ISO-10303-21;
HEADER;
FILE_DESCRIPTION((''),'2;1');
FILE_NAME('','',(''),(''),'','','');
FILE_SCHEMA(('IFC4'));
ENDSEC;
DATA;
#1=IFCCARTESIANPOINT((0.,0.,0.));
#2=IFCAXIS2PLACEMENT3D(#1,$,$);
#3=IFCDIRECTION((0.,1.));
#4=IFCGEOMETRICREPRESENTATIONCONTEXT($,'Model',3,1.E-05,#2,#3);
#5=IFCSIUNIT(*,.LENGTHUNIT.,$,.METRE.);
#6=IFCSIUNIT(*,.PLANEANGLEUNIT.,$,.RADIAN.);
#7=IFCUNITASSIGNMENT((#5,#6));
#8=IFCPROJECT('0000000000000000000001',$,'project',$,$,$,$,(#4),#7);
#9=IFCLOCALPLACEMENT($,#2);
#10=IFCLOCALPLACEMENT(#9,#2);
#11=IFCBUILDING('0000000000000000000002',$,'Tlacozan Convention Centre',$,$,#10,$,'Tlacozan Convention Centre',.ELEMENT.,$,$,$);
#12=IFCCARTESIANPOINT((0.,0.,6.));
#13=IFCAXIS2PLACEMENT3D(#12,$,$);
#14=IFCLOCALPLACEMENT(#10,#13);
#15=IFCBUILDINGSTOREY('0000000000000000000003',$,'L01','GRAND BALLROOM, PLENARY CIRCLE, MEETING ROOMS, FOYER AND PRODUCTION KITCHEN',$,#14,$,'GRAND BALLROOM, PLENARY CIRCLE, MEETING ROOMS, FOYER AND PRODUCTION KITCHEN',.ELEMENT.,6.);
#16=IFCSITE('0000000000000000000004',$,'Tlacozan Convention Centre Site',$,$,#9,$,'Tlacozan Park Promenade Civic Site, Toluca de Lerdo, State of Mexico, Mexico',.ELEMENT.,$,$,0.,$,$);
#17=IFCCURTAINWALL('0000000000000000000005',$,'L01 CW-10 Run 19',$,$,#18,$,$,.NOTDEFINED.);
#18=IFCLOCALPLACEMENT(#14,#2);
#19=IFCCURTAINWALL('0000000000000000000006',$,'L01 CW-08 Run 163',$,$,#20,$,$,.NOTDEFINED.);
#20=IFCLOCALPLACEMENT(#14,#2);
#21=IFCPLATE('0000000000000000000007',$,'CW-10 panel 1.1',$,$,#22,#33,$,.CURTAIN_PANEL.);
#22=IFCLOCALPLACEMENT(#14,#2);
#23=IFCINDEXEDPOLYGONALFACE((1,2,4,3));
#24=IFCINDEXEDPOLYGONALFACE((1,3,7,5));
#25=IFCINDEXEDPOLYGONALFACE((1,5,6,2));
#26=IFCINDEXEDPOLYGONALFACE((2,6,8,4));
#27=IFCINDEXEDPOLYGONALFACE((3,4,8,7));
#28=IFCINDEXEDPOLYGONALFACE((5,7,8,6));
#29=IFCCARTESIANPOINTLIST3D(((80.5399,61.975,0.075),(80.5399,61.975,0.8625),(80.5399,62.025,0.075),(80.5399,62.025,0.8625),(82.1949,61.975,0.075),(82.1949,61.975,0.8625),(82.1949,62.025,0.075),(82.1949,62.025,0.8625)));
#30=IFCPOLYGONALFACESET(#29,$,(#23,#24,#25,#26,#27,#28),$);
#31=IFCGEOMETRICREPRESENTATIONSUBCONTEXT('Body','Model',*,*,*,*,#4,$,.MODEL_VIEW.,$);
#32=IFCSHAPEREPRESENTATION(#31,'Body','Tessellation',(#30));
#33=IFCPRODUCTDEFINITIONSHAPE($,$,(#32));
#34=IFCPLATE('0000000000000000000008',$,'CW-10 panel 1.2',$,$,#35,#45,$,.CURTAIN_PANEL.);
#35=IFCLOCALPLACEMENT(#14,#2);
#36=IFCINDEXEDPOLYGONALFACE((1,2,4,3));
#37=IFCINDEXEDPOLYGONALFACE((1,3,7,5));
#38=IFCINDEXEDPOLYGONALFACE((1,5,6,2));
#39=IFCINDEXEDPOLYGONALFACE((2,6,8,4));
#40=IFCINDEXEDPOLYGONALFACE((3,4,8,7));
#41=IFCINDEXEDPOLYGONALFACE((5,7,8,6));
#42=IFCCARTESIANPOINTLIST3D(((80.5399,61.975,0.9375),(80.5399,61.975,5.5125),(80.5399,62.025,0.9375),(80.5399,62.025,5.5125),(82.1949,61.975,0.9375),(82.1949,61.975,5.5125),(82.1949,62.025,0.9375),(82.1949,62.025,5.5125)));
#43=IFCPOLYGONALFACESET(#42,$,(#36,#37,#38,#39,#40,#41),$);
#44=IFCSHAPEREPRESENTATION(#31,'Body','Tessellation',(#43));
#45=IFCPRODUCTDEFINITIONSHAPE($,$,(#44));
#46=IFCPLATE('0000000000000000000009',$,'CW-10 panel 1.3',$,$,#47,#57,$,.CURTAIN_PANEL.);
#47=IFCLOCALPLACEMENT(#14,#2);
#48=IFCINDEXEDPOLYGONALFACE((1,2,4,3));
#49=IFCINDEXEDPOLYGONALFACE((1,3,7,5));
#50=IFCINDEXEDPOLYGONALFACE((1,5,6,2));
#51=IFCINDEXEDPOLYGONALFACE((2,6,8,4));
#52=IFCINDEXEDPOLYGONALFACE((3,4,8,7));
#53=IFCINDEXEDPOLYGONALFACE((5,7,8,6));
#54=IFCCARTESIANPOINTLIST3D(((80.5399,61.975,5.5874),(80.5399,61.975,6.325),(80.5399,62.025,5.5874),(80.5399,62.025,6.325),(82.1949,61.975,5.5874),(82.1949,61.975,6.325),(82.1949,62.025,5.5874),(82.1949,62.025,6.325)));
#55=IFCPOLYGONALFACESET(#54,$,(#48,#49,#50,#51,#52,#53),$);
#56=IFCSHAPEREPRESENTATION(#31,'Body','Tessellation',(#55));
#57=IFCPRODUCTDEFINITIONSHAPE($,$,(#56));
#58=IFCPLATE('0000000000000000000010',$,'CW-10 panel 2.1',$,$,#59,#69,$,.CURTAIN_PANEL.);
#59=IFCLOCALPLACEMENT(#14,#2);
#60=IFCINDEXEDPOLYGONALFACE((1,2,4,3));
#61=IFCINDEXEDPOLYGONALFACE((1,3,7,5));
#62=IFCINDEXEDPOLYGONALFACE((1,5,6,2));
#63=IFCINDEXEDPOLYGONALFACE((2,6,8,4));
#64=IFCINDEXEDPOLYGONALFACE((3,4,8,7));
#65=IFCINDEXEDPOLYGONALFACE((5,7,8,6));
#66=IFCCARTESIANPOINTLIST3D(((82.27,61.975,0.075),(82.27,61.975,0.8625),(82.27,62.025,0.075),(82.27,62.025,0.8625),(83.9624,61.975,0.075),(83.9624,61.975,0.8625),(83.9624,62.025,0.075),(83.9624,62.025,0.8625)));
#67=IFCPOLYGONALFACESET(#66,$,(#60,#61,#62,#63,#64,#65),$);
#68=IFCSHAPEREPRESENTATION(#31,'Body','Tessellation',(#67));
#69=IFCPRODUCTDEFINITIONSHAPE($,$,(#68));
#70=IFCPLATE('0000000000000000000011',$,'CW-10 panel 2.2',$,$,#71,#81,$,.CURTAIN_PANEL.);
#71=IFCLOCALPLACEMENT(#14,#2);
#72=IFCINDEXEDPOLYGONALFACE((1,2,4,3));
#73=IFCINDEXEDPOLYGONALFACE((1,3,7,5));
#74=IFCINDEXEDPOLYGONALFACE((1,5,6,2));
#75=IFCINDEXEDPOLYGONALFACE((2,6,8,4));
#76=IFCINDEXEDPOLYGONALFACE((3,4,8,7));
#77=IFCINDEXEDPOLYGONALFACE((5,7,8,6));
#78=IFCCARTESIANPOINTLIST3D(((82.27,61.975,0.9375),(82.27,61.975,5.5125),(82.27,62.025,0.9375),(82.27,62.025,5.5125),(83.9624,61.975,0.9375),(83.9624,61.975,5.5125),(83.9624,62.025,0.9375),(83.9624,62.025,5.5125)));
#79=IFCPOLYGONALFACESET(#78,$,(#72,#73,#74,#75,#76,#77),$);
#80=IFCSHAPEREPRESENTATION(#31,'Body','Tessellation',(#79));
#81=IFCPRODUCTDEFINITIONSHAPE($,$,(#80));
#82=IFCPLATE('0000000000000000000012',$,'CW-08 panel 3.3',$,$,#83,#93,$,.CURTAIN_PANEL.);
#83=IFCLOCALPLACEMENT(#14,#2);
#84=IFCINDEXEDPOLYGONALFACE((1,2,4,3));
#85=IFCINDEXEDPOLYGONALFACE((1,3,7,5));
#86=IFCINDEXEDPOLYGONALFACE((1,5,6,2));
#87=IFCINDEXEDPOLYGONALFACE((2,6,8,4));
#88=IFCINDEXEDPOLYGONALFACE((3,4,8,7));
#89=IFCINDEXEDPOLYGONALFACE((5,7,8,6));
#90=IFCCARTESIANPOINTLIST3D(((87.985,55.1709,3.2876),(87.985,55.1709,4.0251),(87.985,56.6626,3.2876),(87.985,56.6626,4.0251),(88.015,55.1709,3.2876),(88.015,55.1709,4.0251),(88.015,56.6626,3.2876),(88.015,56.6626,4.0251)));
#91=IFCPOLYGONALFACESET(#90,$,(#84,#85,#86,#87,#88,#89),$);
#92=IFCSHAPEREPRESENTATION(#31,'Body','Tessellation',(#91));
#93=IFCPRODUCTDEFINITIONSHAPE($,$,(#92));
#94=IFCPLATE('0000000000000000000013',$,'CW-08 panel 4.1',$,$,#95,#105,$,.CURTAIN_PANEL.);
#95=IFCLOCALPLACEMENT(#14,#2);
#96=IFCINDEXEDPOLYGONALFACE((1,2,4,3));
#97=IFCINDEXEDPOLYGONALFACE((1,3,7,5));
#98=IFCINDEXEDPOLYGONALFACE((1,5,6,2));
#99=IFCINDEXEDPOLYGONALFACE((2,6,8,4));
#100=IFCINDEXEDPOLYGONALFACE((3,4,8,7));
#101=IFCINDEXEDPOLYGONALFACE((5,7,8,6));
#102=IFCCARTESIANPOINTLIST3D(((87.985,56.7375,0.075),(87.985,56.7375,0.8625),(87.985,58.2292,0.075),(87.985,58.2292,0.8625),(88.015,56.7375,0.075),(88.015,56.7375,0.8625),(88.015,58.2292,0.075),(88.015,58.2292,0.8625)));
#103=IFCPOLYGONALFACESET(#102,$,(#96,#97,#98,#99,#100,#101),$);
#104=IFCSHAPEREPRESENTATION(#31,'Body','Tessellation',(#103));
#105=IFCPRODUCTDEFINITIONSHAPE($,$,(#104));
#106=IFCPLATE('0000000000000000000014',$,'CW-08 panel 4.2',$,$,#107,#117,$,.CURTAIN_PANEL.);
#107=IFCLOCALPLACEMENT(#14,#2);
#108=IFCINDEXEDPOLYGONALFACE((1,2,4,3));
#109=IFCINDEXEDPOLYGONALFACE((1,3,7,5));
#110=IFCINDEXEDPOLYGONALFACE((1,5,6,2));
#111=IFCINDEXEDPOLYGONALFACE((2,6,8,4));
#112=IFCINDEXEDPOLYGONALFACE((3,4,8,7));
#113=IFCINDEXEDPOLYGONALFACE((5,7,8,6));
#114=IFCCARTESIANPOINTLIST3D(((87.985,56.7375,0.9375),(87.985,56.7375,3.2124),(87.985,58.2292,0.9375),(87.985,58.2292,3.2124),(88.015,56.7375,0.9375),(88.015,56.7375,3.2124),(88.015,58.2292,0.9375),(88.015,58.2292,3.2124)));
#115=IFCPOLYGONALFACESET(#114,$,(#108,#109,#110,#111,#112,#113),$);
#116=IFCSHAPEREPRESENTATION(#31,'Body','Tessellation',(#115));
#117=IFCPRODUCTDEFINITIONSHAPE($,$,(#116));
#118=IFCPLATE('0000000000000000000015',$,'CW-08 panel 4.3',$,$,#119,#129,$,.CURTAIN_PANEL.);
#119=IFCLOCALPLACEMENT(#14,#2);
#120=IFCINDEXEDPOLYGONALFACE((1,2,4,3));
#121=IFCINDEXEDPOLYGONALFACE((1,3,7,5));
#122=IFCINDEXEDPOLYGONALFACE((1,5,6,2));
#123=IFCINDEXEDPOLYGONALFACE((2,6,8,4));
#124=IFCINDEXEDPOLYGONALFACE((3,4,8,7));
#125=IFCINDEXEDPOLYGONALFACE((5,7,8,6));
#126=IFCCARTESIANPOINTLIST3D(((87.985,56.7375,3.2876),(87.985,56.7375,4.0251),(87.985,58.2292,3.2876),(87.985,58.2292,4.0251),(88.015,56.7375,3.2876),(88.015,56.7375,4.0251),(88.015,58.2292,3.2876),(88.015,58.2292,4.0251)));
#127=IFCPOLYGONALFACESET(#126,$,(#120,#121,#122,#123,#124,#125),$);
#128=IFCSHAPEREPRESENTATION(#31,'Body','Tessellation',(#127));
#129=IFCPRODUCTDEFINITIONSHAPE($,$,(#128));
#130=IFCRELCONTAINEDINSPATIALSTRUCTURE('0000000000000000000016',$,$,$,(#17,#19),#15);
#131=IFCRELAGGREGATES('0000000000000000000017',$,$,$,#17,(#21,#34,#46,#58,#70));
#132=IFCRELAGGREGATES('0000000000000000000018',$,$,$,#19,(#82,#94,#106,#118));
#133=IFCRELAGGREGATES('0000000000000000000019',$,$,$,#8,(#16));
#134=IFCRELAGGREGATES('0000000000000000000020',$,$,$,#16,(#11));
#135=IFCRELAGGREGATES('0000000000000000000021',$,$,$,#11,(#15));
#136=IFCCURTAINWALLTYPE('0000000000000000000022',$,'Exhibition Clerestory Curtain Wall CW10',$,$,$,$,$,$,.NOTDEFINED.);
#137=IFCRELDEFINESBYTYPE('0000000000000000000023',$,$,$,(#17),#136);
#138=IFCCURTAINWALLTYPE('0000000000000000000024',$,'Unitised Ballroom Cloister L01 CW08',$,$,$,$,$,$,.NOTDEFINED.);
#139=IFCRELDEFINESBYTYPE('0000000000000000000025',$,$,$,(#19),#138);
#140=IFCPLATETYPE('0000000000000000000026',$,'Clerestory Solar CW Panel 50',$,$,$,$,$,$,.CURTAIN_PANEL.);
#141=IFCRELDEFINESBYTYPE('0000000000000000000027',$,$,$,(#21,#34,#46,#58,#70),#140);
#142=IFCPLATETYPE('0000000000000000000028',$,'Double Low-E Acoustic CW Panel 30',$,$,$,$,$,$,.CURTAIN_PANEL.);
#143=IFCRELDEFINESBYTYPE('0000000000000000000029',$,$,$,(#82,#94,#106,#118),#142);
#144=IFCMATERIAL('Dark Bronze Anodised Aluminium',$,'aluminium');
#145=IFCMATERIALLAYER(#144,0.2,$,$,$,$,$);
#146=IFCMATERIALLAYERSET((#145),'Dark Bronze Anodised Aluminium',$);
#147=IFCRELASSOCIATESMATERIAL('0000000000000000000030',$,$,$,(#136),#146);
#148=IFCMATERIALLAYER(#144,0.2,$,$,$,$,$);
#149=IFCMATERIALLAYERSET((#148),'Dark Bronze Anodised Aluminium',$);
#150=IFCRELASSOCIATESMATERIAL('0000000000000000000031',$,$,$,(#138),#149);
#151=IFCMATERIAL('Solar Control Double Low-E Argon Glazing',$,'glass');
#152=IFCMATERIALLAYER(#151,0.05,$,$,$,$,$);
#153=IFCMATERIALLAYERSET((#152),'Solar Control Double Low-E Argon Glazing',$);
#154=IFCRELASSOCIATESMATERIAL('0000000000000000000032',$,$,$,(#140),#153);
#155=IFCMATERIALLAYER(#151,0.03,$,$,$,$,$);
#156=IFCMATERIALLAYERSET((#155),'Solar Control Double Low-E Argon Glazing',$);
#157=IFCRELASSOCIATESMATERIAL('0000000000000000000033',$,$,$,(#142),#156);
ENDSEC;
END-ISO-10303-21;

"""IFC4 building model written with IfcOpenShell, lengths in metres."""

from ifc_helpers import new_model, si_unit, direction, frame, origin, origin_2d, place, context, subcontext, project, spatial, rectangle, extrude, material, layer, layer_set, type_object, element, aggregate, save


model = new_model("IFC4")

# Units and contexts
model_context = context("Model", 3, precision=1e-05, world=origin(), true_north=direction((0.0, 1.0)))
body_context = subcontext(model_context, "Body", "Model", "MODEL_VIEW")
ifc_project = project(units=[si_unit("LENGTHUNIT", "METRE"), si_unit("PLANEANGLEUNIT", "RADIAN")], contexts=[model_context])

# Site, building, storey
site_placement = place(None, origin())
site = spatial("IfcSite", under=ifc_project, at=site_placement, Name="Tlacozan Convention Centre Site", LongName="Tlacozan Park Promenade Civic Site, Toluca de Lerdo, State of Mexico, Mexico", CompositionType="ELEMENT", RefElevation=0.0)
building_placement = place(site_placement, origin())
building = spatial("IfcBuilding", under=site, at=building_placement, Name="Tlacozan Convention Centre", LongName="Tlacozan Convention Centre", CompositionType="ELEMENT")
storey_placement = place(building_placement, frame((0.0, 0.0, 6.0)))
storey = spatial("IfcBuildingStorey", under=building, at=storey_placement, Name="L01", Description="GRAND BALLROOM, PLENARY CIRCLE, MEETING ROOMS, FOYER AND PRODUCTION KITCHEN", LongName="GRAND BALLROOM, PLENARY CIRCLE, MEETING ROOMS, FOYER AND PRODUCTION KITCHEN", CompositionType="ELEMENT", Elevation=6.0)

# Curtain wall
ifc_material_1 = material(Name="Dark Bronze Anodised Aluminium", Category="aluminium")
ifc_layer_1 = layer(ifc_material_1, 0.2)
ifc_layer_set_1 = layer_set([ifc_layer_1], Name="Dark Bronze Anodised Aluminium")
curtain_wall_type_1 = type_object("IfcCurtainWallType", Name="Exhibition Clerestory Curtain Wall CW10", PredefinedType="NOTDEFINED", material=ifc_layer_set_1)
curtain_wall_1_placement = place(storey_placement, origin())
curtain_wall_1 = element("IfcCurtainWall", 1, at=curtain_wall_1_placement, inside=storey, type_object=curtain_wall_type_1, Name="L01 CW-10 Run 19", PredefinedType="NOTDEFINED")

# Curtain wall
ifc_layer_2 = layer(ifc_material_1, 0.2)
ifc_layer_set_2 = layer_set([ifc_layer_2], Name="Dark Bronze Anodised Aluminium")
curtain_wall_type_2 = type_object("IfcCurtainWallType", Name="Unitised Ballroom Cloister L01 CW08", PredefinedType="NOTDEFINED", material=ifc_layer_set_2)
curtain_wall_2_placement = place(storey_placement, origin())
curtain_wall_2 = element("IfcCurtainWall", 2, at=curtain_wall_2_placement, inside=storey, type_object=curtain_wall_type_2, Name="L01 CW-08 Run 163", PredefinedType="NOTDEFINED")

# Plates
ifc_material_2 = material(Name="Solar Control Double Low-E Argon Glazing", Category="glass")
ifc_layer_3 = layer(ifc_material_2, 0.05)
ifc_layer_set_3 = layer_set([ifc_layer_3], Name="Solar Control Double Low-E Argon Glazing")
plate_type_1 = type_object("IfcPlateType", Name="Clerestory Solar CW Panel 50", PredefinedType="CURTAIN_PANEL", material=ifc_layer_set_3)
plate_1_placement = place(storey_placement, frame((81.3674, 62.0, 0.075), z_axis=(0.0, 0.0, 1.0), x_axis=(1.0, 0.0, 0.0)))
plate_1 = element("IfcPlate", 3, at=plate_1_placement, type_object=plate_type_1, Name="CW-10 panel 1.1", PredefinedType="CURTAIN_PANEL", context=body_context, shape_type="SweptSolid", body=[
    extrude(rectangle(XDim=1.655, YDim=0.05, at=origin_2d()), origin(), (0.0, 0.0, 1.0), 0.7876),
])
plate_2_placement = place(storey_placement, frame((81.3674, 62.0, 0.9375), z_axis=(0.0, 0.0, 1.0), x_axis=(1.0, 0.0, 0.0)))
plate_2 = element("IfcPlate", 4, at=plate_2_placement, type_object=plate_type_1, Name="CW-10 panel 1.2", PredefinedType="CURTAIN_PANEL", context=body_context, shape_type="SweptSolid", body=[
    extrude(rectangle(XDim=1.655, YDim=0.05, at=origin_2d()), origin(), (0.0, 0.0, 1.0), 4.575),
])
plate_3_placement = place(storey_placement, frame((81.3674, 62.0, 5.5874), z_axis=(0.0, 0.0, 1.0), x_axis=(1.0, 0.0, 0.0)))
plate_3 = element("IfcPlate", 5, at=plate_3_placement, type_object=plate_type_1, Name="CW-10 panel 1.3", PredefinedType="CURTAIN_PANEL", context=body_context, shape_type="SweptSolid", body=[
    extrude(rectangle(XDim=1.655, YDim=0.05, at=origin_2d()), origin(), (0.0, 0.0, 1.0), 0.7375),
])
plate_4_placement = place(storey_placement, frame((83.1162, 62.0, 0.075), z_axis=(0.0, 0.0, 1.0), x_axis=(1.0, 0.0, 0.0)))
plate_4 = element("IfcPlate", 6, at=plate_4_placement, type_object=plate_type_1, Name="CW-10 panel 2.1", PredefinedType="CURTAIN_PANEL", context=body_context, shape_type="SweptSolid", body=[
    extrude(rectangle(XDim=1.6924, YDim=0.05, at=origin_2d()), origin(), (0.0, 0.0, 1.0), 0.7876),
])
plate_5_placement = place(storey_placement, frame((83.1162, 62.0, 0.9375), z_axis=(0.0, 0.0, 1.0), x_axis=(1.0, 0.0, 0.0)))
plate_5 = element("IfcPlate", 7, at=plate_5_placement, type_object=plate_type_1, Name="CW-10 panel 2.2", PredefinedType="CURTAIN_PANEL", context=body_context, shape_type="SweptSolid", body=[
    extrude(rectangle(XDim=1.6924, YDim=0.05, at=origin_2d()), origin(), (0.0, 0.0, 1.0), 4.575),
])
aggregate(curtain_wall_1, [plate_1, plate_2, plate_3, plate_4, plate_5])
ifc_layer_4 = layer(ifc_material_2, 0.03)
ifc_layer_set_4 = layer_set([ifc_layer_4], Name="Solar Control Double Low-E Argon Glazing")
plate_type_2 = type_object("IfcPlateType", Name="Double Low-E Acoustic CW Panel 30", PredefinedType="CURTAIN_PANEL", material=ifc_layer_set_4)
plate_6_placement = place(storey_placement, frame((88.0, 55.9167, 3.2876), z_axis=(0.0, 0.0, 1.0), x_axis=(0.0, 1.0, 0.0)))
plate_6 = element("IfcPlate", 8, at=plate_6_placement, type_object=plate_type_2, Name="CW-08 panel 3.3", PredefinedType="CURTAIN_PANEL", context=body_context, shape_type="SweptSolid", body=[
    extrude(rectangle(XDim=1.4917, YDim=0.03, at=origin_2d()), origin(), (0.0, 0.0, 1.0), 0.7375),
])
plate_7_placement = place(storey_placement, frame((88.0, 57.4834, 0.075), z_axis=(0.0, 0.0, 1.0), x_axis=(0.0, 1.0, 0.0)))
plate_7 = element("IfcPlate", 9, at=plate_7_placement, type_object=plate_type_2, Name="CW-08 panel 4.1", PredefinedType="CURTAIN_PANEL", context=body_context, shape_type="SweptSolid", body=[
    extrude(rectangle(XDim=1.4917, YDim=0.03, at=origin_2d()), origin(), (0.0, 0.0, 1.0), 0.7876),
])
plate_8_placement = place(storey_placement, frame((88.0, 57.4834, 0.9375), z_axis=(0.0, 0.0, 1.0), x_axis=(0.0, 1.0, 0.0)))
plate_8 = element("IfcPlate", 10, at=plate_8_placement, type_object=plate_type_2, Name="CW-08 panel 4.2", PredefinedType="CURTAIN_PANEL", context=body_context, shape_type="SweptSolid", body=[
    extrude(rectangle(XDim=1.4917, YDim=0.03, at=origin_2d()), origin(), (0.0, 0.0, 1.0), 2.2749),
])
plate_9_placement = place(storey_placement, frame((88.0, 57.4834, 3.2876), z_axis=(0.0, 0.0, 1.0), x_axis=(0.0, 1.0, 0.0)))
plate_9 = element("IfcPlate", 11, at=plate_9_placement, type_object=plate_type_2, Name="CW-08 panel 4.3", PredefinedType="CURTAIN_PANEL", context=body_context, shape_type="SweptSolid", body=[
    extrude(rectangle(XDim=1.4917, YDim=0.03, at=origin_2d()), origin(), (0.0, 0.0, 1.0), 0.7375),
])
aggregate(curtain_wall_2, [plate_6, plate_7, plate_8, plate_9])

save(model, "model.ifc")
